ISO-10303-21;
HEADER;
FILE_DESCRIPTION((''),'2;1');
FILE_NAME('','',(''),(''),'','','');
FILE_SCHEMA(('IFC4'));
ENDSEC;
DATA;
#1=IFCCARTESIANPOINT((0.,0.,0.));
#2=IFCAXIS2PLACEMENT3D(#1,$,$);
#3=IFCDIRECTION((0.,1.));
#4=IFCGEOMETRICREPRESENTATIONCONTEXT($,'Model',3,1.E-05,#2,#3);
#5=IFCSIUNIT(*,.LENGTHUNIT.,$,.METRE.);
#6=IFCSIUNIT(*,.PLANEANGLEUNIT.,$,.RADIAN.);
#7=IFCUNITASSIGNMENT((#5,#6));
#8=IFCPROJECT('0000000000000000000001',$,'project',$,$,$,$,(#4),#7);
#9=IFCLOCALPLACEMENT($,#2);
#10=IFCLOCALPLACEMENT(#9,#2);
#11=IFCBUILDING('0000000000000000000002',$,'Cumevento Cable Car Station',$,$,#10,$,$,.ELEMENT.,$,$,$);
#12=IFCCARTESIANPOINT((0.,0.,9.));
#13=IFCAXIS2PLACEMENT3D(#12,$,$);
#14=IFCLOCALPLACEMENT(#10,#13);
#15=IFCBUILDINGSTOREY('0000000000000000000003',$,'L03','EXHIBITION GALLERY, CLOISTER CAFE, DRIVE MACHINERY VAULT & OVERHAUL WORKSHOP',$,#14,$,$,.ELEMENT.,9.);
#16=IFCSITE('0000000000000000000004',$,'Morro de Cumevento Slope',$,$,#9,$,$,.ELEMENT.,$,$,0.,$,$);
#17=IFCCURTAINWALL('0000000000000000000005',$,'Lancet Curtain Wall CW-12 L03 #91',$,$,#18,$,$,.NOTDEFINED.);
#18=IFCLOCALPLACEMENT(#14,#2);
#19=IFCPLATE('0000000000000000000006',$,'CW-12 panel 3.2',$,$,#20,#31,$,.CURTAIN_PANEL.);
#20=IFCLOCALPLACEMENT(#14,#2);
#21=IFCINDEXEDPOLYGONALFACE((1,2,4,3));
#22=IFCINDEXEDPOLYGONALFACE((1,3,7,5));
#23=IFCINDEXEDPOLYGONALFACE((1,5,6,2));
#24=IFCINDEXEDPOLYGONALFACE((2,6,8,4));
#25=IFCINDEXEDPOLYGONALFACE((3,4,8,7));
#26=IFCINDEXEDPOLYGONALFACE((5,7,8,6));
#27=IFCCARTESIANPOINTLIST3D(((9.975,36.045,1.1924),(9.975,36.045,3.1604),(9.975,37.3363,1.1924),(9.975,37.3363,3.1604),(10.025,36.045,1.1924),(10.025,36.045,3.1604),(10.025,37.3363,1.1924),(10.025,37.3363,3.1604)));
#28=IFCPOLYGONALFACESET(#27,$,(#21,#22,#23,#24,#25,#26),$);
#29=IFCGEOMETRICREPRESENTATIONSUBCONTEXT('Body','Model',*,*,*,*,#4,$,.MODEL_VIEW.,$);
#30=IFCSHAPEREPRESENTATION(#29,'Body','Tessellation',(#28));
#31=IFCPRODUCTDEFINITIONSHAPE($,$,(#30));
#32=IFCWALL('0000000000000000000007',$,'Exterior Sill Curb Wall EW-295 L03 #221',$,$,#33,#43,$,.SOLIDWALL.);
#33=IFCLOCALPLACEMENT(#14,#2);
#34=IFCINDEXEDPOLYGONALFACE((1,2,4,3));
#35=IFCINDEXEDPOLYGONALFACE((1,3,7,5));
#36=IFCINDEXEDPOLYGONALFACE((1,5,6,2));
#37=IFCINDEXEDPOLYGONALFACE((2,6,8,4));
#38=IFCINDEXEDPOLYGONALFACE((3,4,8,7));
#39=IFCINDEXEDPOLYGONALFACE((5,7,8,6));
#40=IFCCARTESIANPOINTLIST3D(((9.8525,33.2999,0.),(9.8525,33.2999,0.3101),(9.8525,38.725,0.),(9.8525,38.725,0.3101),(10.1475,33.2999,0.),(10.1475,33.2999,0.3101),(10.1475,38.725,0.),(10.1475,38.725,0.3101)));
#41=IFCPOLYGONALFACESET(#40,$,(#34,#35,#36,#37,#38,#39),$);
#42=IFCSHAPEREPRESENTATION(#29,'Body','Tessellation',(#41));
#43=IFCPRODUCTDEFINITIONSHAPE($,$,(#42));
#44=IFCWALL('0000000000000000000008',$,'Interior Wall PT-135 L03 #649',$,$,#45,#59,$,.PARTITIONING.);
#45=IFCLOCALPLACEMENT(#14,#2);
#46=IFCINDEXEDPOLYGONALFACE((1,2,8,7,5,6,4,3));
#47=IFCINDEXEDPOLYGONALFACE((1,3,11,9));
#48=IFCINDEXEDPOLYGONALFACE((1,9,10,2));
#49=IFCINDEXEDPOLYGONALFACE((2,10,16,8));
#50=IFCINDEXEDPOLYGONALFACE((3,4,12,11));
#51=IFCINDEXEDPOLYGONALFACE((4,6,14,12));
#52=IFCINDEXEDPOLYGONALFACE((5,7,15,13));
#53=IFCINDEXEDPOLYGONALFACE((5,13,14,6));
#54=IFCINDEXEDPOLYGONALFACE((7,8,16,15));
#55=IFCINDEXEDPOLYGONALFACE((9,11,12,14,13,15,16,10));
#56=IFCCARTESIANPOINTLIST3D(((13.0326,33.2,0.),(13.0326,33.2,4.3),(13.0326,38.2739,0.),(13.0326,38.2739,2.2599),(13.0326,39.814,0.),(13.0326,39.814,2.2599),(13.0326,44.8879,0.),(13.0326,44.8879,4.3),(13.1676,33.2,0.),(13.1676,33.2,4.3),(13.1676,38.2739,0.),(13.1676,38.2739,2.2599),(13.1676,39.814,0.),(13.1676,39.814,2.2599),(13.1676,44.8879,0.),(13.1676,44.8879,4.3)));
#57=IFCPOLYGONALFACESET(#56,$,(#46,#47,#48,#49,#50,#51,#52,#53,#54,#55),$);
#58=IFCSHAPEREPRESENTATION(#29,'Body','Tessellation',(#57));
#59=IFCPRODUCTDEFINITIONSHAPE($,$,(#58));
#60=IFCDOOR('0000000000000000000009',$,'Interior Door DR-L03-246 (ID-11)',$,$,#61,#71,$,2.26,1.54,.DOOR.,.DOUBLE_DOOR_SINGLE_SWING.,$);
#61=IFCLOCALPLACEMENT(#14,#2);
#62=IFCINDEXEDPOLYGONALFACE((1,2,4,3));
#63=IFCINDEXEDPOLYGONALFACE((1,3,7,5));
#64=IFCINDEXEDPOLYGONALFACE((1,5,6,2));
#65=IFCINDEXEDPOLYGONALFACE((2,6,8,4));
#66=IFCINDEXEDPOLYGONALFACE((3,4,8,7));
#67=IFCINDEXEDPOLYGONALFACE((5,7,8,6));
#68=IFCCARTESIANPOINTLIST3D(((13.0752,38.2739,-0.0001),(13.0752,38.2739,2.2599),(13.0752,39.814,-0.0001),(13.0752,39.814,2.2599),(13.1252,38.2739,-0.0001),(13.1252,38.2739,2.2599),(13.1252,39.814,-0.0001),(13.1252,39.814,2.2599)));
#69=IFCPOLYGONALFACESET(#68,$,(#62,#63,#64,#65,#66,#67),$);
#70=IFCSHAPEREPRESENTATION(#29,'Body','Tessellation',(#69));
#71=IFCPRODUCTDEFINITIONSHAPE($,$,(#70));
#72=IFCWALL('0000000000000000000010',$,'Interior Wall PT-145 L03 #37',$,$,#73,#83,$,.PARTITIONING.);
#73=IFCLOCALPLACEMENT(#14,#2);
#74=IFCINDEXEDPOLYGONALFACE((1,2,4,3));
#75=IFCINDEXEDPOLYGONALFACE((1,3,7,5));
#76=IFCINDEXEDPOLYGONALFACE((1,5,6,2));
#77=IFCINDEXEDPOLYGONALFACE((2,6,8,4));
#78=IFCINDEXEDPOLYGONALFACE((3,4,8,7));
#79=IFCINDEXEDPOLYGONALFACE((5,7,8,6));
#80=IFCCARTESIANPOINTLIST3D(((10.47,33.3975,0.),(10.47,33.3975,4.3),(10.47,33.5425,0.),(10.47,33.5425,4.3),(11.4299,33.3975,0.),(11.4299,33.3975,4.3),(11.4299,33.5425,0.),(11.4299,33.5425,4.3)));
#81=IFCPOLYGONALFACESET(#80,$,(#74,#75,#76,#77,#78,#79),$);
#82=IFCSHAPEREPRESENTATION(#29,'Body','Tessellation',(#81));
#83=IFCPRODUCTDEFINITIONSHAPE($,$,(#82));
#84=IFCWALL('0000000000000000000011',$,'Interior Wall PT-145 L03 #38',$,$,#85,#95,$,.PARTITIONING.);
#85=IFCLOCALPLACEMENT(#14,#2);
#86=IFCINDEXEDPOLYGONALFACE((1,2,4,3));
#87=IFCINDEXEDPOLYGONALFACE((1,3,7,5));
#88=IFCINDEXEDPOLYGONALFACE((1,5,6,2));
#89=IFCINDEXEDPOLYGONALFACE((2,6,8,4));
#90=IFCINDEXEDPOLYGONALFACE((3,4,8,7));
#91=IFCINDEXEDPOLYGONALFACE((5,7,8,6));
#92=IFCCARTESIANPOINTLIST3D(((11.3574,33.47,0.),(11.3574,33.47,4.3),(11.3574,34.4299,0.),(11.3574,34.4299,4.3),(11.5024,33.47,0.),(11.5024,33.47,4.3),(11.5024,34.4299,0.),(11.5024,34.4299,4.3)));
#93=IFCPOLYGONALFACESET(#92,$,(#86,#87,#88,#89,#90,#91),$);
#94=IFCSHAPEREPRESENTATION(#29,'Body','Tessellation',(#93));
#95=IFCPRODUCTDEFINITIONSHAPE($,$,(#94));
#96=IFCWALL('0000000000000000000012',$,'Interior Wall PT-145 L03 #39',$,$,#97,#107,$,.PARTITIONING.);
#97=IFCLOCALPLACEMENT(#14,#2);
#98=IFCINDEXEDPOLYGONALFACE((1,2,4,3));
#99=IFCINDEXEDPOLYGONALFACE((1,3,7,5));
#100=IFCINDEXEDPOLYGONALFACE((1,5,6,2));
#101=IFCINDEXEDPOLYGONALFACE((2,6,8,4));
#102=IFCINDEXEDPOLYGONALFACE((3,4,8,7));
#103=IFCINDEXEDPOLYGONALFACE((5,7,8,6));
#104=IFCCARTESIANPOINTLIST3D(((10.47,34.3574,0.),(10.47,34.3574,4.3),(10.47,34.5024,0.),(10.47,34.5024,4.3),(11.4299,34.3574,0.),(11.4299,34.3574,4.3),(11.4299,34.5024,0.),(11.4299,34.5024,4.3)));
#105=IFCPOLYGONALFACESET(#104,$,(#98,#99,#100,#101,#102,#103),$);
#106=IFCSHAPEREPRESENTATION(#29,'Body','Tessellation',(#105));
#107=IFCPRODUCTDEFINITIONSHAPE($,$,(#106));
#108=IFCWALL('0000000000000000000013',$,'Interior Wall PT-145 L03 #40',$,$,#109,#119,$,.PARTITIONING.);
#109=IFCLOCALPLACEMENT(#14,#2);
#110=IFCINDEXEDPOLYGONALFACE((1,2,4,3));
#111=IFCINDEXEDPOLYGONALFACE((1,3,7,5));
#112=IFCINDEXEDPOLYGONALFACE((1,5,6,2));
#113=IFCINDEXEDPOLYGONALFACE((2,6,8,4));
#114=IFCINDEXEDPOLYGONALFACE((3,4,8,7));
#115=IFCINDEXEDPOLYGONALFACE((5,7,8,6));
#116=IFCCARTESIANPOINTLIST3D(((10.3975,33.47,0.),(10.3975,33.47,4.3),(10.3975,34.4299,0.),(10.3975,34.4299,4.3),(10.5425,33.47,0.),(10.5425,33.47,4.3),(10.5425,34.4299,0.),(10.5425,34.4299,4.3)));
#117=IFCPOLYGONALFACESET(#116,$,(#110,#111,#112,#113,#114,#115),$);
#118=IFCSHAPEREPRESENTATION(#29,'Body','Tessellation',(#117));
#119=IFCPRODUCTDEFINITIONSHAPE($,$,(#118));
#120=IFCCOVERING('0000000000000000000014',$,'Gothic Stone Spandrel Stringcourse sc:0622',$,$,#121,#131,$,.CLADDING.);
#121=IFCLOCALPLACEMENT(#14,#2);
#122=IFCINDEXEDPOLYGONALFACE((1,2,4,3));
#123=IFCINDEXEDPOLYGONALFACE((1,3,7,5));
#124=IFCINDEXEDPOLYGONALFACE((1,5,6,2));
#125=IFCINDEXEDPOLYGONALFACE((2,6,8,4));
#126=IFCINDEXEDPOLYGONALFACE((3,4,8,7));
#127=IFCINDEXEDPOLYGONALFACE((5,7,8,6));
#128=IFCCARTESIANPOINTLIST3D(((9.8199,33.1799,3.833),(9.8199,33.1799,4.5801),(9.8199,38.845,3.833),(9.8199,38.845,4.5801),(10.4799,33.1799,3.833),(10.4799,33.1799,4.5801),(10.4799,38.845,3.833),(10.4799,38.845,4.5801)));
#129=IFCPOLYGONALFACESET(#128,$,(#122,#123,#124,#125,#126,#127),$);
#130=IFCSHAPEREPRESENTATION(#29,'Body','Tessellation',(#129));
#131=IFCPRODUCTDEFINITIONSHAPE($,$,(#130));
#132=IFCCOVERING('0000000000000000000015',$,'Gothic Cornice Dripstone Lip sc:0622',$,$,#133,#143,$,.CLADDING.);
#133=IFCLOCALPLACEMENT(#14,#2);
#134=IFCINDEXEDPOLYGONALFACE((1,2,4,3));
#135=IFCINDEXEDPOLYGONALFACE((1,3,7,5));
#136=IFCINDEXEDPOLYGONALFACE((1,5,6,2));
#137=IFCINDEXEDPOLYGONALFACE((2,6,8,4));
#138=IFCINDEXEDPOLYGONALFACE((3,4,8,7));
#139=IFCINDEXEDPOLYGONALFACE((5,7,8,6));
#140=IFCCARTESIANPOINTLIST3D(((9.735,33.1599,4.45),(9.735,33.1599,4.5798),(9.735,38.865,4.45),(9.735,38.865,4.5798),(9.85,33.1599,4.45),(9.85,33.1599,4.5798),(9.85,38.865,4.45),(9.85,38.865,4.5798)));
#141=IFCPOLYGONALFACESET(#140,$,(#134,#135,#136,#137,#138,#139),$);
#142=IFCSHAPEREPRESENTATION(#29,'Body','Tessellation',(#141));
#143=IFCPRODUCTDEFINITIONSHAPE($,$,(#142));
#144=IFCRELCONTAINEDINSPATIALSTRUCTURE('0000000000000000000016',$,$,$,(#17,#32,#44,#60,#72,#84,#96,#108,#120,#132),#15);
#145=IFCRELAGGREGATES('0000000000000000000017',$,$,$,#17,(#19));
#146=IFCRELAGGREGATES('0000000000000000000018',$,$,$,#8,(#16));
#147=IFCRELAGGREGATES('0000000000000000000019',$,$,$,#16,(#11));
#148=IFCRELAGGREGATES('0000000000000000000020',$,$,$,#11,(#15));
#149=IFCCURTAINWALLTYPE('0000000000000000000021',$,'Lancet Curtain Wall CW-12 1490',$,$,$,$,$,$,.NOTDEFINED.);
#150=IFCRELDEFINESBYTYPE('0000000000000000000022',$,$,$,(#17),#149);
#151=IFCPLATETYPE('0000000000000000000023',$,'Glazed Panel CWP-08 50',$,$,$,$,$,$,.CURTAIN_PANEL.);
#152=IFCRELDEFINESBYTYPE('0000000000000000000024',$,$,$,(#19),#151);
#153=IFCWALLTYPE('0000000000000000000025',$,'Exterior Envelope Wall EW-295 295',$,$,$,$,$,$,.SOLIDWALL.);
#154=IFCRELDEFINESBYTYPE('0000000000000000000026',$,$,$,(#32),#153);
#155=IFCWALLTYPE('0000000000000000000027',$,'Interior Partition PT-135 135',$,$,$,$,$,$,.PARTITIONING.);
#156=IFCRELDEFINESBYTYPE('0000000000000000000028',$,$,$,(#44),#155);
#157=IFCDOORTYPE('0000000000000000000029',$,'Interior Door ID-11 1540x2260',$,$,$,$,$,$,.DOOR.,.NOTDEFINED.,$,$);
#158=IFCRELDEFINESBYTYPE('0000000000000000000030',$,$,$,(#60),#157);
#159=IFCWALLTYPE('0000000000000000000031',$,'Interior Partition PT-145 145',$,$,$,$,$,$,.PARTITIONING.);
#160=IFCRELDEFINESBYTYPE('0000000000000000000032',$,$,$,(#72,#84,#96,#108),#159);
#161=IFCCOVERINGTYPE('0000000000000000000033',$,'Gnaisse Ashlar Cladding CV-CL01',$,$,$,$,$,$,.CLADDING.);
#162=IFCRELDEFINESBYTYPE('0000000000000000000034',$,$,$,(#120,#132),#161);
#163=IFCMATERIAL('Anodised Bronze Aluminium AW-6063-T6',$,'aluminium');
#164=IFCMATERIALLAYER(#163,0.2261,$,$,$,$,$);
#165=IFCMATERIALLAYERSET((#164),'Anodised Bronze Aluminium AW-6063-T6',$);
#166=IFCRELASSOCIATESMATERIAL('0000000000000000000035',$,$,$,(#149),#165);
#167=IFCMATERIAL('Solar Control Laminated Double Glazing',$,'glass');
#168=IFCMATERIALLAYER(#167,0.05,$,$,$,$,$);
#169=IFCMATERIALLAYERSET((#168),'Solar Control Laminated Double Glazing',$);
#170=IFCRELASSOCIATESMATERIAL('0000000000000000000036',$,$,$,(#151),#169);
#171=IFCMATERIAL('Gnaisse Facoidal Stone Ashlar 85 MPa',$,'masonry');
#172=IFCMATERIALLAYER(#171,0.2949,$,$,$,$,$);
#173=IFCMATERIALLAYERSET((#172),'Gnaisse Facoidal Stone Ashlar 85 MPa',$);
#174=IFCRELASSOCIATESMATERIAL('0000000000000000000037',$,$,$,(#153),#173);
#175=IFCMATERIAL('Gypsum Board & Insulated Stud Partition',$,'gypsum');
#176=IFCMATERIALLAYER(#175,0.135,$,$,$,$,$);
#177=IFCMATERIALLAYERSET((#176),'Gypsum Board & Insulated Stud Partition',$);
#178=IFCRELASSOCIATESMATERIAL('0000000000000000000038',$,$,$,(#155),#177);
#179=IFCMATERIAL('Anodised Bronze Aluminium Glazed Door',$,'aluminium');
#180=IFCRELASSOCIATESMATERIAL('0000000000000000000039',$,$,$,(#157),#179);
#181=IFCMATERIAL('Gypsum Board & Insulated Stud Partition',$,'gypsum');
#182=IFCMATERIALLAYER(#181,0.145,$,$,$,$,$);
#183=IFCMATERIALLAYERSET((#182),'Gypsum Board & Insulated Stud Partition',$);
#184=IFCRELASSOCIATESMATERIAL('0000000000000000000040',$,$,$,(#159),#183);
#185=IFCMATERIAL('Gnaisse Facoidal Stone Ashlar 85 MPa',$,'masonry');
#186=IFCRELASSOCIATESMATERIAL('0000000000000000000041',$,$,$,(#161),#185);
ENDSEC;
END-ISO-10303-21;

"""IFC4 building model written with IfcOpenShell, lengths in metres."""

from ifc_helpers import new_model, si_unit, direction, frame, frame_2d, origin, origin_2d, place, context, subcontext, project, spatial, rectangle, extrude, material, layer, layer_set, type_object, element, fill, aggregate, save


model = new_model("IFC4")

# Units and contexts
model_context = context("Model", 3, precision=1e-05, world=origin(), true_north=direction((0.0, 1.0)))
body_context = subcontext(model_context, "Body", "Model", "MODEL_VIEW")
ifc_project = project(units=[si_unit("LENGTHUNIT", "METRE"), si_unit("PLANEANGLEUNIT", "RADIAN")], contexts=[model_context])

# Site, building, storey
site_placement = place(None, origin())
site = spatial("IfcSite", under=ifc_project, at=site_placement, Name="Morro de Cumevento Slope", CompositionType="ELEMENT", RefElevation=0.0)
building_placement = place(site_placement, origin())
building = spatial("IfcBuilding", under=site, at=building_placement, Name="Cumevento Cable Car Station", CompositionType="ELEMENT")
storey_placement = place(building_placement, frame((0.0, 0.0, 9.0)))
storey = spatial("IfcBuildingStorey", under=building, at=storey_placement, Name="L03", Description="EXHIBITION GALLERY, CLOISTER CAFE, DRIVE MACHINERY VAULT & OVERHAUL WORKSHOP", CompositionType="ELEMENT", Elevation=9.0)

# Curtain wall
ifc_material_1 = material(Name="Anodised Bronze Aluminium AW-6063-T6", Category="aluminium")
ifc_layer_1 = layer(ifc_material_1, 0.2261)
ifc_layer_set_1 = layer_set([ifc_layer_1], Name="Anodised Bronze Aluminium AW-6063-T6")
curtain_wall_type = type_object("IfcCurtainWallType", Name="Lancet Curtain Wall CW-12 1490", PredefinedType="NOTDEFINED", material=ifc_layer_set_1)
curtain_wall_placement = place(storey_placement, origin())
curtain_wall = element("IfcCurtainWall", 1, at=curtain_wall_placement, inside=storey, type_object=curtain_wall_type, Name="Lancet Curtain Wall CW-12 L03 #91", PredefinedType="NOTDEFINED")

# Plate
ifc_material_2 = material(Name="Solar Control Laminated Double Glazing", Category="glass")
ifc_layer_2 = layer(ifc_material_2, 0.05)
ifc_layer_set_2 = layer_set([ifc_layer_2], Name="Solar Control Laminated Double Glazing")
plate_type = type_object("IfcPlateType", Name="Glazed Panel CWP-08 50", PredefinedType="CURTAIN_PANEL", material=ifc_layer_set_2)
plate_1_placement = place(storey_placement, frame((10.0, 36.6907, 1.1924), z_axis=(0.0, 0.0, 1.0), x_axis=(0.0, 1.0, 0.0)))
plate_1 = element("IfcPlate", 2, at=plate_1_placement, type_object=plate_type, Name="CW-12 panel 3.2", PredefinedType="CURTAIN_PANEL", context=body_context, shape_type="SweptSolid", body=[
    extrude(rectangle(XDim=1.2913, YDim=0.05, at=origin_2d()), origin(), (0.0, 0.0, 1.0), 1.968),
])
aggregate(curtain_wall, [plate_1])

# Wall
ifc_material_3 = material(Name="Gnaisse Facoidal Stone Ashlar 85 MPa", Category="masonry")
ifc_layer_3 = layer(ifc_material_3, 0.2949)
ifc_layer_set_3 = layer_set([ifc_layer_3], Name="Gnaisse Facoidal Stone Ashlar 85 MPa")
wall_type_1 = type_object("IfcWallType", Name="Exterior Envelope Wall EW-295 295", PredefinedType="SOLIDWALL", material=ifc_layer_set_3)
wall_1_placement = place(storey_placement, frame((10.0, 33.3, 0.0), z_axis=(0.0, 0.0, 1.0), x_axis=(0.0, 1.0, 0.0)))
element("IfcWall", 3, at=wall_1_placement, inside=storey, type_object=wall_type_1, Name="Exterior Sill Curb Wall EW-295 L03 #221", PredefinedType="SOLIDWALL", context=body_context, shape_type="SweptSolid", body=[
    extrude(rectangle(XDim=5.425, YDim=0.2949, at=frame_2d((2.7124, 0.0))), origin(), (0.0, 0.0, 1.0), 0.3101),
])

# Wall, opening, door
ifc_material_4 = material(Name="Gypsum Board & Insulated Stud Partition", Category="gypsum")
ifc_layer_4 = layer(ifc_material_4, 0.135)
ifc_layer_set_4 = layer_set([ifc_layer_4], Name="Gypsum Board & Insulated Stud Partition")
wall_type_2 = type_object("IfcWallType", Name="Interior Partition PT-135 135", PredefinedType="PARTITIONING", material=ifc_layer_set_4)
wall_2_placement = place(storey_placement, frame((13.1001, 33.2, 0.0), z_axis=(0.0, 0.0, 1.0), x_axis=(0.0, 1.0, 0.0)))
wall_2 = element("IfcWall", 4, at=wall_2_placement, inside=storey, type_object=wall_type_2, Name="Interior Wall PT-135 L03 #649", PredefinedType="PARTITIONING", context=body_context, shape_type="SweptSolid", body=[
    extrude(rectangle(XDim=11.688, YDim=0.135, at=frame_2d((5.844, 0.0))), origin(), (0.0, 0.0, 1.0), 4.3),
])
opening_placement = place(wall_2_placement, frame((5.074, 0.0, 0.0)))
opening = element("IfcOpeningElement", 5, at=opening_placement, cuts=wall_2, PredefinedType="OPENING", context=body_context, shape_type="SweptSolid", body=[
    extrude(rectangle(XDim=1.54, YDim=2.26, at=frame_2d((0.77, 1.1299))), frame((0.0, 0.0774, 0.0), z_axis=(0.0, -1.0, 0.0), x_axis=(1.0, 0.0, 0.0)), (0.0, 0.0, 1.0), 0.155),
])
ifc_material_5 = material(Name="Anodised Bronze Aluminium Glazed Door", Category="aluminium")
door_type = type_object("IfcDoorType", Name="Interior Door ID-11 1540x2260", OperationType="NOTDEFINED", PredefinedType="DOOR", material=ifc_material_5)
door_placement = place(opening_placement, origin())
door = element("IfcDoor", 6, at=door_placement, inside=storey, type_object=door_type, Name="Interior Door DR-L03-246 (ID-11)", OperationType="DOUBLE_DOOR_SINGLE_SWING", OverallHeight=2.26, OverallWidth=1.54, PredefinedType="DOOR", context=body_context, shape_type="SweptSolid", body=[
    extrude(rectangle(XDim=1.54, YDim=2.26, at=frame_2d((0.77, 1.1299))), frame((0.0, 0.0249, 0.0), z_axis=(0.0, -1.0, 0.0), x_axis=(1.0, 0.0, 0.0)), (0.0, 0.0, 1.0), 0.05),
])
fill(opening, door)

# Walls
ifc_material_6 = material(Name="Gypsum Board & Insulated Stud Partition", Category="gypsum")
ifc_layer_5 = layer(ifc_material_6, 0.145)
ifc_layer_set_5 = layer_set([ifc_layer_5], Name="Gypsum Board & Insulated Stud Partition")
wall_type_3 = type_object("IfcWallType", Name="Interior Partition PT-145 145", PredefinedType="PARTITIONING", material=ifc_layer_set_5)
for number, where, z_axis, x_axis, name in (
    (7, (10.47, 33.47, 0.0), (0.0, 0.0, 1.0), (1.0, 0.0, 0.0), "Interior Wall PT-145 L03 #37"),
    (8, (11.4299, 33.47, 0.0), (0.0, 0.0, 1.0), (0.0, 1.0, 0.0), "Interior Wall PT-145 L03 #38"),
    (9, (11.4299, 34.4299, 0.0), (0.0, 0.0, 1.0), (-1.0, 0.0, 0.0), "Interior Wall PT-145 L03 #39"),
    (10, (10.47, 34.4299, 0.0), (0.0, 0.0, 1.0), (0.0, -1.0, 0.0), "Interior Wall PT-145 L03 #40"),
):
    element("IfcWall", number, at=place(storey_placement, frame(where, z_axis=z_axis, x_axis=x_axis)), inside=storey, type_object=wall_type_3, Name=name, PredefinedType="PARTITIONING", context=body_context, shape_type="SweptSolid", body=[
        extrude(rectangle(XDim=0.96, YDim=0.145, at=frame_2d((0.48, 0.0))), origin(), (0.0, 0.0, 1.0), 4.3),
    ])

# Coverings
ifc_material_7 = material(Name="Gnaisse Facoidal Stone Ashlar 85 MPa", Category="masonry")
covering_type = type_object("IfcCoveringType", Name="Gnaisse Ashlar Cladding CV-CL01", PredefinedType="CLADDING", material=ifc_material_7)
covering_1_placement = place(storey_placement, frame((10.1499, 36.0125, 3.833), z_axis=(0.0, 0.0, 1.0), x_axis=(0.0, 1.0, 0.0)))
element("IfcCovering", 11, at=covering_1_placement, inside=storey, type_object=covering_type, Name="Gothic Stone Spandrel Stringcourse sc:0622", PredefinedType="CLADDING", context=body_context, shape_type="SweptSolid", body=[
    extrude(rectangle(XDim=5.665, YDim=0.6599, at=origin_2d()), origin(), (0.0, 0.0, 1.0), 0.7471),
])
covering_2_placement = place(storey_placement, frame((9.7925, 36.0125, 4.45), z_axis=(0.0, 0.0, 1.0), x_axis=(0.0, 1.0, 0.0)))
element("IfcCovering", 12, at=covering_2_placement, inside=storey, type_object=covering_type, Name="Gothic Cornice Dripstone Lip sc:0622", PredefinedType="CLADDING", context=body_context, shape_type="SweptSolid", body=[
    extrude(rectangle(XDim=5.7051, YDim=0.115, at=origin_2d()), origin(), (0.0, 0.0, 1.0), 0.1299),
])

save(model, "model.ifc")
